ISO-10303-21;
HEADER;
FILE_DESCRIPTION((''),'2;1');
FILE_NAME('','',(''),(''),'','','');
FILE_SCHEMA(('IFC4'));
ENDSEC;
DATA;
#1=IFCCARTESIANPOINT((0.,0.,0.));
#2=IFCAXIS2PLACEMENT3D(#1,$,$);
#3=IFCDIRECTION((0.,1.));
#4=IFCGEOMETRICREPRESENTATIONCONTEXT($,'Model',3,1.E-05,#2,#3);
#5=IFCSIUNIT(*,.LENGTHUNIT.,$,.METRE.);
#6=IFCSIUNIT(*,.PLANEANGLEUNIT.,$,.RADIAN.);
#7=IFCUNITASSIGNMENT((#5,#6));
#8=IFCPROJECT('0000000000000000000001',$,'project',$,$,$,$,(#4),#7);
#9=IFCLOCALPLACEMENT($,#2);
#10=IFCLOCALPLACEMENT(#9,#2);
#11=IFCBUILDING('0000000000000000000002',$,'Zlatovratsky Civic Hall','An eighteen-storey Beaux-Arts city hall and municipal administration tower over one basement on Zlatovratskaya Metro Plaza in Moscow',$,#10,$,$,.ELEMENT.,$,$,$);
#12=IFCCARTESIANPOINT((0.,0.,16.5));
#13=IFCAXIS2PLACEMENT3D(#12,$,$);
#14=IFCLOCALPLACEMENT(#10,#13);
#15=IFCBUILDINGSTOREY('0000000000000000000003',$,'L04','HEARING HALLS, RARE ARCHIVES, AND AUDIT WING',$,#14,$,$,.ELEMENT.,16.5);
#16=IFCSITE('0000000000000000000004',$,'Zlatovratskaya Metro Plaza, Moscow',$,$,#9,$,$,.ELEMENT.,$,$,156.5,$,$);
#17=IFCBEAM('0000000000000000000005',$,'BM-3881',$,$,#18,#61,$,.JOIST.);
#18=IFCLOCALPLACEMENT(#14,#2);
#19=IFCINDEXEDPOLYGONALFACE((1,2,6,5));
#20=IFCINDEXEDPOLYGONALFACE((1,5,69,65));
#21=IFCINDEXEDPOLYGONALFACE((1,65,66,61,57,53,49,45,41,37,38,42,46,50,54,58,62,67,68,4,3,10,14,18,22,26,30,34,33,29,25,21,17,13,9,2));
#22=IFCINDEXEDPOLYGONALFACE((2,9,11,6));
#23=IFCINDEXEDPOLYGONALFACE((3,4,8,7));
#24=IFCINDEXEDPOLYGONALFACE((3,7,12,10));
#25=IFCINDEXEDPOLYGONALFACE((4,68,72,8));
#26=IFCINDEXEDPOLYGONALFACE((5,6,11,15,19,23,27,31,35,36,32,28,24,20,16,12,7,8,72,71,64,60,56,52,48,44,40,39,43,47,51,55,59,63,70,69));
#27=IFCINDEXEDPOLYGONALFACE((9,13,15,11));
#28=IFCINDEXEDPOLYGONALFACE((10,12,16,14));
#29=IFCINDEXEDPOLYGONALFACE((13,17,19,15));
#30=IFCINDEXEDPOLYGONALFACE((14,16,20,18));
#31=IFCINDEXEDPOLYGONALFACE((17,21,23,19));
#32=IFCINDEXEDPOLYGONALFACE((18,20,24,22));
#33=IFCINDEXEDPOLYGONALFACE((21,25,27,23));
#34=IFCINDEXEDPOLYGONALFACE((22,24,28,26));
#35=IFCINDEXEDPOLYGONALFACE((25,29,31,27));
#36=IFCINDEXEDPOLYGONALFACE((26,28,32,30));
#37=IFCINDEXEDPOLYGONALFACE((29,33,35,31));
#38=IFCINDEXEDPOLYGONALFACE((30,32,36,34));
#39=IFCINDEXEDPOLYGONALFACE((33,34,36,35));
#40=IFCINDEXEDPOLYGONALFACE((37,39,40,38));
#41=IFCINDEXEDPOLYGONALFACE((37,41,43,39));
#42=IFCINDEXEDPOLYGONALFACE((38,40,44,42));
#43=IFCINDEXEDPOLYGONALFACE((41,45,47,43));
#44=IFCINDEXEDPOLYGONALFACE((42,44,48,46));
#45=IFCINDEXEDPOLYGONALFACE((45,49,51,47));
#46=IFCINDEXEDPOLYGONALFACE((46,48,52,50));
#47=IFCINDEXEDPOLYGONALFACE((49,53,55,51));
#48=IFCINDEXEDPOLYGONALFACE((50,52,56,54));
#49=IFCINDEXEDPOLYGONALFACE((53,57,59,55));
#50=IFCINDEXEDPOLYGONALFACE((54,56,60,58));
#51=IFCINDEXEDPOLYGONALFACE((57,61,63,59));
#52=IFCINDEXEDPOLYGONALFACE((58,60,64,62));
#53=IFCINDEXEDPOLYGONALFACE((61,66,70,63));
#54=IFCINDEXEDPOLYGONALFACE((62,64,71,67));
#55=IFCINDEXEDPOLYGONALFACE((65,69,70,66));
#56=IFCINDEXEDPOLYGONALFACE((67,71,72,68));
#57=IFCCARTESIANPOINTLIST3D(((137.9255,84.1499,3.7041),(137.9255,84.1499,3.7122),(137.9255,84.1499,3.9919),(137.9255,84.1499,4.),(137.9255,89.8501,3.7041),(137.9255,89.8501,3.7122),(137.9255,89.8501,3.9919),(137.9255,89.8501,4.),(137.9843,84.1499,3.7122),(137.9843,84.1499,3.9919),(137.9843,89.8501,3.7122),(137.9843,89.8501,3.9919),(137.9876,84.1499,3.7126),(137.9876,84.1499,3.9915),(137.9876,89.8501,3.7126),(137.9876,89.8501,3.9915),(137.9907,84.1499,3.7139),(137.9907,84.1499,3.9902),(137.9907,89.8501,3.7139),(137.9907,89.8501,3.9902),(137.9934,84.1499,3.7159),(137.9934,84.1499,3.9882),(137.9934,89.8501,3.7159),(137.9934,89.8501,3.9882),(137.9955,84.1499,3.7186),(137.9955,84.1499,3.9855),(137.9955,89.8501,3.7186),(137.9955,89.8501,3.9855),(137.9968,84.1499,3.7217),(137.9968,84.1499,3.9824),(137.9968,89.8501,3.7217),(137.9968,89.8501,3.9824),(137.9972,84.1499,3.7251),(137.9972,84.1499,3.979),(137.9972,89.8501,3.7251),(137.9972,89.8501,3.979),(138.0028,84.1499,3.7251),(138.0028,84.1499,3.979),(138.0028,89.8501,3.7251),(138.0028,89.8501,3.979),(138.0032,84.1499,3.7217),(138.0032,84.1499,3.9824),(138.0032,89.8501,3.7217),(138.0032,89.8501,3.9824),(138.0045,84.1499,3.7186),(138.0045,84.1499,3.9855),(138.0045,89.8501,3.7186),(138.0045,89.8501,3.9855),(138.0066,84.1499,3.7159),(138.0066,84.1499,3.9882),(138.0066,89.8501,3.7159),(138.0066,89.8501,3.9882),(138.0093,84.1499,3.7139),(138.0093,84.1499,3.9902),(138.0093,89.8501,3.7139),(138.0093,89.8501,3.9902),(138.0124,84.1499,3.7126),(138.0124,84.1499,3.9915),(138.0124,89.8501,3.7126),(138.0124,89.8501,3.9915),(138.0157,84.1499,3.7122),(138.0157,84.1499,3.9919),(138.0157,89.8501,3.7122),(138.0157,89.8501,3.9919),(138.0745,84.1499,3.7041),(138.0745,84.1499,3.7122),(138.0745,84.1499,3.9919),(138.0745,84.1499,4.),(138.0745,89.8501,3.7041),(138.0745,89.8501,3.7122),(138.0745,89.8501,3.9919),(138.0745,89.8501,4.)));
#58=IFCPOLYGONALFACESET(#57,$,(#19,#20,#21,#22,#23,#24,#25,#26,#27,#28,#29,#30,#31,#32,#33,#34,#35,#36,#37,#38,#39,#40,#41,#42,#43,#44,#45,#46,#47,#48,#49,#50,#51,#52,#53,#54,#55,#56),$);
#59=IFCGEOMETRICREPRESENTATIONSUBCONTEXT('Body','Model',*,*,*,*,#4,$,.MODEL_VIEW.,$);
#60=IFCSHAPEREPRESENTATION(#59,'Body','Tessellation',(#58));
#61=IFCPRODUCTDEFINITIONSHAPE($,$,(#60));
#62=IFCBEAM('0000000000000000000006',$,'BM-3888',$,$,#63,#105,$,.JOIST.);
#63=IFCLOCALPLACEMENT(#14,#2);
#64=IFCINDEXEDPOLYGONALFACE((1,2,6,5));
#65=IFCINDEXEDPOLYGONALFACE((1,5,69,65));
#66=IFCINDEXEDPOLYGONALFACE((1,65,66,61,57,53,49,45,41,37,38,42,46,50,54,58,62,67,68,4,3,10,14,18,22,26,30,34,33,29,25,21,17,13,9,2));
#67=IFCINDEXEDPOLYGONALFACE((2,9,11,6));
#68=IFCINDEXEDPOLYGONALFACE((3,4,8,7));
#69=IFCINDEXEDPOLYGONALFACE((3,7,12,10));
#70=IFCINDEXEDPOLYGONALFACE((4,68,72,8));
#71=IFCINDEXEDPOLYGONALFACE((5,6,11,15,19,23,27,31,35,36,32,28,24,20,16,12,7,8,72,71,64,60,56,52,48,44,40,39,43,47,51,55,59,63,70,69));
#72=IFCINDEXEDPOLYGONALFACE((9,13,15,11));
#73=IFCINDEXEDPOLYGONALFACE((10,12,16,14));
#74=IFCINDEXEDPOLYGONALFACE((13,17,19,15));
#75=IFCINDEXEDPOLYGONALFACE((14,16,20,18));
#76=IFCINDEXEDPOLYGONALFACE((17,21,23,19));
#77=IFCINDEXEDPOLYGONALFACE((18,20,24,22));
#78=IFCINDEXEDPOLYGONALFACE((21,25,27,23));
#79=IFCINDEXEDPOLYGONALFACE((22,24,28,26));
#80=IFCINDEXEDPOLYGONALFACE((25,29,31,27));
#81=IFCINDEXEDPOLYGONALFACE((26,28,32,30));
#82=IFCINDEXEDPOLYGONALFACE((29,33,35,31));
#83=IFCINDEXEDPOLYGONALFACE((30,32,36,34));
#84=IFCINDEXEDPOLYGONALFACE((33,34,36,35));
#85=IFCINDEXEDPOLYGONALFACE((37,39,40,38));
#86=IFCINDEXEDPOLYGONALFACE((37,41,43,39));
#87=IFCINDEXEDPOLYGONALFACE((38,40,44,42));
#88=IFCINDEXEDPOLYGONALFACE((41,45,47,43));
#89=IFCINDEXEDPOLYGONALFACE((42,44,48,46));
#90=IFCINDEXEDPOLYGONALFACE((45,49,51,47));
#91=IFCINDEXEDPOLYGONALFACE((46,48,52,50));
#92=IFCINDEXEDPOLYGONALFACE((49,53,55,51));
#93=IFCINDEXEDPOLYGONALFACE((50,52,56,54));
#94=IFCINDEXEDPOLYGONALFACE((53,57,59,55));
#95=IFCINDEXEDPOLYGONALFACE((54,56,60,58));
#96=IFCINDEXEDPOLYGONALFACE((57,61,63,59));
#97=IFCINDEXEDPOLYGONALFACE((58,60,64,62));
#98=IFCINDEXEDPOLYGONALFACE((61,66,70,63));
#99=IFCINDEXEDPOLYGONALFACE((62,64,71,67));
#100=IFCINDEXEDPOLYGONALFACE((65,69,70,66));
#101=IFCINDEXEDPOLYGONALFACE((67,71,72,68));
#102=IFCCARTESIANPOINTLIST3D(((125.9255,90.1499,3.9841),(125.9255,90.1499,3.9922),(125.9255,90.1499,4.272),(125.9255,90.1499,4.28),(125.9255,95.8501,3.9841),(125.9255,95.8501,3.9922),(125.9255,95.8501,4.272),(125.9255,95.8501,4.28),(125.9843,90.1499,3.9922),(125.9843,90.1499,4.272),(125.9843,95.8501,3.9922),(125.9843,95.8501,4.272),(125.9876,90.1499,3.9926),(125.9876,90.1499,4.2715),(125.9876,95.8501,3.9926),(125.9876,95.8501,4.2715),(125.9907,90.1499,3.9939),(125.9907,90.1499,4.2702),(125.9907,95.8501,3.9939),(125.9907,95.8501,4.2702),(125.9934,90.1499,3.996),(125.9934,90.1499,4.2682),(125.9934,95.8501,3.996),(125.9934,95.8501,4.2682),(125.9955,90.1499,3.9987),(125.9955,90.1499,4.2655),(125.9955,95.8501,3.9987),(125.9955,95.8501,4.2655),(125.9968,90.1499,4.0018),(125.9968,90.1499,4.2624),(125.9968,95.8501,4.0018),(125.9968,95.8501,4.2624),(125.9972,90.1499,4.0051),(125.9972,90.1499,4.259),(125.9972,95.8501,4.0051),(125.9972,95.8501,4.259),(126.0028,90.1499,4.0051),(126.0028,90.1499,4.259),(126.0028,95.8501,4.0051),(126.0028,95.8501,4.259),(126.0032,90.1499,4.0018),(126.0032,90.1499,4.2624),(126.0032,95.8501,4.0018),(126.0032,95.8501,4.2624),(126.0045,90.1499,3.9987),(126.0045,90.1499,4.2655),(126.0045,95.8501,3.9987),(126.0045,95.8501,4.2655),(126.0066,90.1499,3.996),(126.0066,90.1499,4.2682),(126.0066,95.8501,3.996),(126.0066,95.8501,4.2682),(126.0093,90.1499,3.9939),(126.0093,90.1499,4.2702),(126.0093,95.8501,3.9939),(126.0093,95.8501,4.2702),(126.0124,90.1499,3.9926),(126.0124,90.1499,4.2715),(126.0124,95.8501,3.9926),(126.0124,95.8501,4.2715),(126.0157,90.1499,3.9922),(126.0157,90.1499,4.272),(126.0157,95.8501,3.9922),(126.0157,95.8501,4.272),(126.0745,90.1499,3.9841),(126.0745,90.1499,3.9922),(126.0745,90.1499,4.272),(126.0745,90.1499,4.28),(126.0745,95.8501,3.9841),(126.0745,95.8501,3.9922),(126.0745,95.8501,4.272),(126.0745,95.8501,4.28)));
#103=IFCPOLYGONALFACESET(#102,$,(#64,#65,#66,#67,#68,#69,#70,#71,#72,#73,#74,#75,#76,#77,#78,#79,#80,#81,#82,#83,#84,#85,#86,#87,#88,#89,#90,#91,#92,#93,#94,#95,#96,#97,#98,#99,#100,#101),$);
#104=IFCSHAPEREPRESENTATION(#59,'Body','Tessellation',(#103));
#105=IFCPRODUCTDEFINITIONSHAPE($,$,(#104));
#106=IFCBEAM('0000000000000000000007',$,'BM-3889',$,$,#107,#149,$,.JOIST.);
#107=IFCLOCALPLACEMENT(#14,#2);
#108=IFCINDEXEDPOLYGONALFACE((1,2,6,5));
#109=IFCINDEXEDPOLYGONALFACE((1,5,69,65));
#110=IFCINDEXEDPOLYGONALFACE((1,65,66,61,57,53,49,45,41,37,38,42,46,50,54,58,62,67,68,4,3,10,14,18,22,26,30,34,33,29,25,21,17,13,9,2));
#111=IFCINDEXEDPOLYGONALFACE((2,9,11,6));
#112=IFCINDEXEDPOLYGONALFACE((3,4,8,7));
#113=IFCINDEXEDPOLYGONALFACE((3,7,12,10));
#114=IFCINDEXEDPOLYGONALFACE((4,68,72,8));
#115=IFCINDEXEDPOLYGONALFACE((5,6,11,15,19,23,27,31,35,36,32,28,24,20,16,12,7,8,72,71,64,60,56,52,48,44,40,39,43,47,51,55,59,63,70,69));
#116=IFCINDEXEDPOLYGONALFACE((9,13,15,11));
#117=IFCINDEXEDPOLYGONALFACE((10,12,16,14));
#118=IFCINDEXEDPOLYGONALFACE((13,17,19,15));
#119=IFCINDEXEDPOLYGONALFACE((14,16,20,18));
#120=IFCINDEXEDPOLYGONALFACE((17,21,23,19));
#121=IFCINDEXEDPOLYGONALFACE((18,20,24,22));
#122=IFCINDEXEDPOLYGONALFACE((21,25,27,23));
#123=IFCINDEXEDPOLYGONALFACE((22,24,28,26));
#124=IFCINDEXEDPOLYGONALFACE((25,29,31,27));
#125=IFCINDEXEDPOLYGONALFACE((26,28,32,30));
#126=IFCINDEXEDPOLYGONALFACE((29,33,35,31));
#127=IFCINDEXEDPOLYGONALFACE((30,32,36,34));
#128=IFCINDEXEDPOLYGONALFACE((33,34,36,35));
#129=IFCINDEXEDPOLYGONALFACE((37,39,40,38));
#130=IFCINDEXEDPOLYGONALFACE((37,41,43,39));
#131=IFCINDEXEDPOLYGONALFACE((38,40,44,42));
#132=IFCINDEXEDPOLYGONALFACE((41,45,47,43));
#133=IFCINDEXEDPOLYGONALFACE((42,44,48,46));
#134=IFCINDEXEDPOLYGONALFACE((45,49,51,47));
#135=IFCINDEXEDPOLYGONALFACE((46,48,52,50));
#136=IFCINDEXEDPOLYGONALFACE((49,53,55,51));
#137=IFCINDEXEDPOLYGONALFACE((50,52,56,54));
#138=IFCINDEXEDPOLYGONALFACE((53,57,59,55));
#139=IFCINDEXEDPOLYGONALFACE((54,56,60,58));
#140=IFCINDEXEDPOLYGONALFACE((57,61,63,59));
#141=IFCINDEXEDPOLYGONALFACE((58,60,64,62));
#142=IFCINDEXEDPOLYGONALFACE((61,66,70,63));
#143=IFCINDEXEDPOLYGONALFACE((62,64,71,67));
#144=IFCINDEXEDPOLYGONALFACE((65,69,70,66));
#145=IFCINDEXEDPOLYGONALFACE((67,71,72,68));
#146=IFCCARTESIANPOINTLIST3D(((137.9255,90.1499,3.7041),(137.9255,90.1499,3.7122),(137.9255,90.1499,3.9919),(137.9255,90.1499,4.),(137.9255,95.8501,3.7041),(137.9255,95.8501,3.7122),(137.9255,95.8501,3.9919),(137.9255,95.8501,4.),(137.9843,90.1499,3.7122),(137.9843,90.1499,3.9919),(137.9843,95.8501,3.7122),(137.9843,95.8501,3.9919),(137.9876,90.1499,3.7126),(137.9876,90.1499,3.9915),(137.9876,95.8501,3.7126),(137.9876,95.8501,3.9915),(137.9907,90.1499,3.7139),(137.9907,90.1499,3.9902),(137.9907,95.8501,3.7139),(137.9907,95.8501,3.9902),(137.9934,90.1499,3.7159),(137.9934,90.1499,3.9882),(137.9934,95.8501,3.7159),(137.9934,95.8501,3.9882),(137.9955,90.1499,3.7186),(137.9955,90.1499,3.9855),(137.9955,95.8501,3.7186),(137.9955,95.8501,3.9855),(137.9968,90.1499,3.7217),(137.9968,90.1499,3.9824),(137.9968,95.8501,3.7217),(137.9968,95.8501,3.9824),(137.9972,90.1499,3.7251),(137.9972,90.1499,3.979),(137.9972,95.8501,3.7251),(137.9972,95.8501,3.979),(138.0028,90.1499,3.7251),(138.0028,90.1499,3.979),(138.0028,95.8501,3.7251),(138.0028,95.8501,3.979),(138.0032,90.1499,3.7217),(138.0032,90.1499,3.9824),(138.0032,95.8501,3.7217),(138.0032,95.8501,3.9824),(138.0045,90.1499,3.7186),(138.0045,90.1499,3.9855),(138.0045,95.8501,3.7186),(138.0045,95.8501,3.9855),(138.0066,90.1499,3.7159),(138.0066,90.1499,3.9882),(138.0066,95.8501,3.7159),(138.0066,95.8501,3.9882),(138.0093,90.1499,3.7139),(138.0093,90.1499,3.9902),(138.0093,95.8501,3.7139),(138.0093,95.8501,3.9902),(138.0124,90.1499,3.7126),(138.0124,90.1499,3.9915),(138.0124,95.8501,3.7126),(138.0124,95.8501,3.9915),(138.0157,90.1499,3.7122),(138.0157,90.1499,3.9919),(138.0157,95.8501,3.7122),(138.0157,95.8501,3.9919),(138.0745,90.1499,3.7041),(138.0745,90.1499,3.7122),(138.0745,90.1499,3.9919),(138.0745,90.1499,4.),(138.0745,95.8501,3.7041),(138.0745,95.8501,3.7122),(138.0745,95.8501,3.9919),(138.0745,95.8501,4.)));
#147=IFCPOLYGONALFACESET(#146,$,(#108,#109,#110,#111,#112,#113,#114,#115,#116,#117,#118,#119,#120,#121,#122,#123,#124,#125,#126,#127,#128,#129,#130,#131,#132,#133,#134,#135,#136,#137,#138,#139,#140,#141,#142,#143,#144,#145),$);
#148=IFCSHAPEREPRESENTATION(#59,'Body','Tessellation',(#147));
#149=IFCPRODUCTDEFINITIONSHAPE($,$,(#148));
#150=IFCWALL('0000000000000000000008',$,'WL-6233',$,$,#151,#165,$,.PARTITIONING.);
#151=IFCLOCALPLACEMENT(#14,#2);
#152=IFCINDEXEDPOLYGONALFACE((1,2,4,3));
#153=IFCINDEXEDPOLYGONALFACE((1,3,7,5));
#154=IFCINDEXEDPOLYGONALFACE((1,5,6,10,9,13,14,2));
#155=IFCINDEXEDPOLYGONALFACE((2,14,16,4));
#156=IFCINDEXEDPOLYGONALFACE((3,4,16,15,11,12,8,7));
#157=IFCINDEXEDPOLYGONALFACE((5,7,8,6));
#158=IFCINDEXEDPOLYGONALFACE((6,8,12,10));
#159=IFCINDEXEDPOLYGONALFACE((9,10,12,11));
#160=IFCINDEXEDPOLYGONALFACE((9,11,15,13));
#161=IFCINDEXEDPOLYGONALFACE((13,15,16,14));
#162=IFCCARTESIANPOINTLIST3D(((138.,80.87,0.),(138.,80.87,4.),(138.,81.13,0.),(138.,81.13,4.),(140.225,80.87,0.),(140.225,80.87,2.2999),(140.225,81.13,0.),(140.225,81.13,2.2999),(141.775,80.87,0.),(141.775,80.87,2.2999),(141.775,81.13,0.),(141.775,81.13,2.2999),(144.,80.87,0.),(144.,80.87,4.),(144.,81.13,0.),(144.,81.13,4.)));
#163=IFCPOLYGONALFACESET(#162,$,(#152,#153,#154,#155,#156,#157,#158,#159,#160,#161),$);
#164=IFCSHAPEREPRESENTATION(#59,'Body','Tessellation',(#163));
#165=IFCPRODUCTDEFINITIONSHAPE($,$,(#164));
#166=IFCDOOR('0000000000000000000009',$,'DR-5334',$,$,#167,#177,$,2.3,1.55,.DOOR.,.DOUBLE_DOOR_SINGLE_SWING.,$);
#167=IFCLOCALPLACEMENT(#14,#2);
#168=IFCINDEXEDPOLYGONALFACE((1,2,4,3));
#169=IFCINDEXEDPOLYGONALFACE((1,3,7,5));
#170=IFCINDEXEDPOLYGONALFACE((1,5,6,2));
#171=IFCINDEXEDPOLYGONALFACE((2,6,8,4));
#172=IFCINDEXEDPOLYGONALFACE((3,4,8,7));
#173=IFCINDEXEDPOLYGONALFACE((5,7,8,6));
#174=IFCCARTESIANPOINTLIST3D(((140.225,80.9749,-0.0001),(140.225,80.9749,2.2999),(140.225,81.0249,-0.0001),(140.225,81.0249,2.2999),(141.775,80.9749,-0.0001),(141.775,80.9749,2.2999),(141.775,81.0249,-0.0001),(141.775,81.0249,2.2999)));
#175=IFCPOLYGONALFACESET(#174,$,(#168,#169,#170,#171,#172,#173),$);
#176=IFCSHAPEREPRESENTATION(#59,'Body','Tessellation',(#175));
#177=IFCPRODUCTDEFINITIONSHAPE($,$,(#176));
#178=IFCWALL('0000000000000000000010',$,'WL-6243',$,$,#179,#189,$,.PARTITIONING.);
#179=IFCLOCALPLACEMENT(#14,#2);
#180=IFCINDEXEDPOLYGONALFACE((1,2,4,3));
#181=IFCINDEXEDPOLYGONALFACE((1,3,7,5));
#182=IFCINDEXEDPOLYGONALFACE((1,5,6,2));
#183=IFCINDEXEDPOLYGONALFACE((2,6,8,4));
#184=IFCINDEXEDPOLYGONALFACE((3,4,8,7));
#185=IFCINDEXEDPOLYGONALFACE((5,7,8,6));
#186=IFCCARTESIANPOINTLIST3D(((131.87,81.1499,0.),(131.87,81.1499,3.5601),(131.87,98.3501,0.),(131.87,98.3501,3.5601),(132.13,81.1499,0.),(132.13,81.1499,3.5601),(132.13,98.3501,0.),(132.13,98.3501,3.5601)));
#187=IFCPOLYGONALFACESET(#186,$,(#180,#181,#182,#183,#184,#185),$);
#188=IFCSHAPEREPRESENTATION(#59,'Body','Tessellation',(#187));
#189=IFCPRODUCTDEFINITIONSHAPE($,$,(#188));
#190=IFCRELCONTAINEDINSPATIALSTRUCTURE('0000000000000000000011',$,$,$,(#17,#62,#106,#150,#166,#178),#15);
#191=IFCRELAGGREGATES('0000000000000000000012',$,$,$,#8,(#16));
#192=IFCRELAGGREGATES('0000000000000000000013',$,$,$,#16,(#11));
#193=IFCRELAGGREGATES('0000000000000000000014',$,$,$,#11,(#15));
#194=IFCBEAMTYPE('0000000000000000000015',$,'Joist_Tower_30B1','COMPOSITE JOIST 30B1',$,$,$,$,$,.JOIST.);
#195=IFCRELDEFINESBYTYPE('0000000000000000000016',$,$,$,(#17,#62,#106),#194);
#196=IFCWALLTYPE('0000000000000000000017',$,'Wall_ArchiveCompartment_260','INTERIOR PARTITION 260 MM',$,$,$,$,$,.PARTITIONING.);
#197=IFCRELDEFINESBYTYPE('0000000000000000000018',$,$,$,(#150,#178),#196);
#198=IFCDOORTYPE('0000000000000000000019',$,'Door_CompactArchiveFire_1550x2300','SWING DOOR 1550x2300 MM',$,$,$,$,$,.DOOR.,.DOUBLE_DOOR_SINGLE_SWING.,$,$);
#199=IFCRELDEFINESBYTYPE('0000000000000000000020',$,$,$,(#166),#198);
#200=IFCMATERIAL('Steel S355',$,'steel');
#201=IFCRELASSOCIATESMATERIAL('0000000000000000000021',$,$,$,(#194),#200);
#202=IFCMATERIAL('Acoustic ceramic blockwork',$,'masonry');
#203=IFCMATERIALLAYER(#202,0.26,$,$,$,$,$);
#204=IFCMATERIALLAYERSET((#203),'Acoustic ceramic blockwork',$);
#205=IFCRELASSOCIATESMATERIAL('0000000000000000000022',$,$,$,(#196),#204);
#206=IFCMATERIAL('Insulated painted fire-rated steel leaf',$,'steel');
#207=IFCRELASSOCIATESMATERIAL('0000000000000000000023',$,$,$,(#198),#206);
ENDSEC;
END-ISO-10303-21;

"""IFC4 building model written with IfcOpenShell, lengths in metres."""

from ifc_helpers import new_model, si_unit, direction, frame, frame_2d, origin, origin_2d, place, context, subcontext, project, spatial, rectangle, i_section, extrude, material, layer, layer_set, material_profile, profile_set, type_object, element, fill, save


model = new_model("IFC4")

# Units and contexts
model_context = context("Model", 3, precision=1e-05, world=origin(), true_north=direction((0.0, 1.0)))
body_context = subcontext(model_context, "Body", "Model", "MODEL_VIEW")
ifc_project = project(units=[si_unit("LENGTHUNIT", "METRE"), si_unit("PLANEANGLEUNIT", "RADIAN")], contexts=[model_context])

# Site, building, storey
site_placement = place(None, origin())
site = spatial("IfcSite", under=ifc_project, at=site_placement, Name="Zlatovratskaya Metro Plaza, Moscow", CompositionType="ELEMENT", RefElevation=156.5)
building_placement = place(site_placement, origin())
building = spatial("IfcBuilding", under=site, at=building_placement, Name="Zlatovratsky Civic Hall", Description="An eighteen-storey Beaux-Arts city hall and municipal administration tower over one basement on Zlatovratskaya Metro Plaza in Moscow", CompositionType="ELEMENT")
storey_placement = place(building_placement, frame((0.0, 0.0, 16.5)))
storey = spatial("IfcBuildingStorey", under=building, at=storey_placement, Name="L04", Description="HEARING HALLS, RARE ARCHIVES, AND AUDIT WING", CompositionType="ELEMENT", Elevation=16.5)

# Shared definitions
ifc_material_1 = material(Name="Steel S355", Category="steel")

# Beams
ifc_material_profile_1 = material_profile(ifc_material_1, i_section(OverallWidth=0.1489, OverallDepth=0.2959, WebThickness=0.0056, FlangeThickness=0.0081, FilletRadius=0.0129, at=origin_2d()), Name="30B1")
ifc_profile_set_1 = profile_set([ifc_material_profile_1], Name="Steel S355")
beam_type_1 = type_object("IfcBeamType", Name="Joist_Tower_30B1", Description="COMPOSITE JOIST 30B1", PredefinedType="JOIST", material=ifc_profile_set_1)
for number, where, z_axis, x_axis, name in (
    (1, (138.0, 84.1499, 3.8521), (0.0, 1.0, 0.0), (-1.0, 0.0, 0.0), "BM-3881"),
    (2, (126.0, 90.1499, 4.1321), (0.0, 1.0, 0.0), (-1.0, 0.0, 0.0), "BM-3888"),
    (3, (138.0, 90.1499, 3.8521), (0.0, 1.0, 0.0), (-1.0, 0.0, 0.0), "BM-3889"),
):
    element("IfcBeam", number, at=place(storey_placement, frame(where, z_axis=z_axis, x_axis=x_axis)), inside=storey, type_object=beam_type_1, Name=name, PredefinedType="JOIST", context=body_context, shape_type="SweptSolid", body=[
        extrude(i_section(OverallWidth=0.1489, OverallDepth=0.2959, WebThickness=0.0056, FlangeThickness=0.0081, FilletRadius=0.0129, at=origin_2d()), origin(), (0.0, 0.0, 1.0), 5.7002),
    ])

# Wall, opening, door
ifc_material_2 = material(Name="Acoustic ceramic blockwork", Category="masonry")
ifc_layer = layer(ifc_material_2, 0.26)
ifc_layer_set = layer_set([ifc_layer], Name="Acoustic ceramic blockwork")
wall_type = type_object("IfcWallType", Name="Wall_ArchiveCompartment_260", Description="INTERIOR PARTITION 260 MM", PredefinedType="PARTITIONING", material=ifc_layer_set)
wall_1_placement = place(storey_placement, frame((138.0, 81.0, 0.0), z_axis=(0.0, 0.0, 1.0), x_axis=(1.0, 0.0, 0.0)))
wall_1 = element("IfcWall", 4, at=wall_1_placement, inside=storey, type_object=wall_type, Name="WL-6233", PredefinedType="PARTITIONING", context=body_context, shape_type="SweptSolid", body=[
    extrude(rectangle(XDim=6.0, YDim=0.26, at=frame_2d((3.0, 0.0))), origin(), (0.0, 0.0, 1.0), 4.0),
])
opening_placement = place(wall_1_placement, frame((2.2251, 0.0, 0.0)))
opening = element("IfcOpeningElement", 5, at=opening_placement, cuts=wall_1, PredefinedType="OPENING", context=body_context, shape_type="SweptSolid", body=[
    extrude(rectangle(XDim=1.55, YDim=2.3, at=frame_2d((0.7749, 1.1499))), frame((0.0, 0.145, 0.0), z_axis=(0.0, -1.0, 0.0), x_axis=(1.0, 0.0, 0.0)), (0.0, 0.0, 1.0), 0.2898),
])
ifc_material_3 = material(Name="Insulated painted fire-rated steel leaf", Category="steel")
door_type = type_object("IfcDoorType", Name="Door_CompactArchiveFire_1550x2300", Description="SWING DOOR 1550x2300 MM", OperationType="DOUBLE_DOOR_SINGLE_SWING", PredefinedType="DOOR", material=ifc_material_3)
door_placement = place(opening_placement, origin())
door = element("IfcDoor", 6, at=door_placement, inside=storey, type_object=door_type, Name="DR-5334", OperationType="DOUBLE_DOOR_SINGLE_SWING", OverallHeight=2.3, OverallWidth=1.55, PredefinedType="DOOR", context=body_context, shape_type="SweptSolid", body=[
    extrude(rectangle(XDim=1.55, YDim=2.3, at=frame_2d((0.7749, 1.1499))), frame((0.0, 0.0249, 0.0), z_axis=(0.0, -1.0, 0.0), x_axis=(1.0, 0.0, 0.0)), (0.0, 0.0, 1.0), 0.05),
])
fill(opening, door)

# Wall
wall_2_placement = place(storey_placement, frame((132.0, 81.1499, 0.0), z_axis=(0.0, 0.0, 1.0), x_axis=(0.0, 1.0, 0.0)))
element("IfcWall", 7, at=wall_2_placement, inside=storey, type_object=wall_type, Name="WL-6243", PredefinedType="PARTITIONING", context=body_context, shape_type="SweptSolid", body=[
    extrude(rectangle(XDim=17.2002, YDim=0.26, at=frame_2d((8.6001, 0.0))), origin(), (0.0, 0.0, 1.0), 3.5601),
])

save(model, "model.ifc")
